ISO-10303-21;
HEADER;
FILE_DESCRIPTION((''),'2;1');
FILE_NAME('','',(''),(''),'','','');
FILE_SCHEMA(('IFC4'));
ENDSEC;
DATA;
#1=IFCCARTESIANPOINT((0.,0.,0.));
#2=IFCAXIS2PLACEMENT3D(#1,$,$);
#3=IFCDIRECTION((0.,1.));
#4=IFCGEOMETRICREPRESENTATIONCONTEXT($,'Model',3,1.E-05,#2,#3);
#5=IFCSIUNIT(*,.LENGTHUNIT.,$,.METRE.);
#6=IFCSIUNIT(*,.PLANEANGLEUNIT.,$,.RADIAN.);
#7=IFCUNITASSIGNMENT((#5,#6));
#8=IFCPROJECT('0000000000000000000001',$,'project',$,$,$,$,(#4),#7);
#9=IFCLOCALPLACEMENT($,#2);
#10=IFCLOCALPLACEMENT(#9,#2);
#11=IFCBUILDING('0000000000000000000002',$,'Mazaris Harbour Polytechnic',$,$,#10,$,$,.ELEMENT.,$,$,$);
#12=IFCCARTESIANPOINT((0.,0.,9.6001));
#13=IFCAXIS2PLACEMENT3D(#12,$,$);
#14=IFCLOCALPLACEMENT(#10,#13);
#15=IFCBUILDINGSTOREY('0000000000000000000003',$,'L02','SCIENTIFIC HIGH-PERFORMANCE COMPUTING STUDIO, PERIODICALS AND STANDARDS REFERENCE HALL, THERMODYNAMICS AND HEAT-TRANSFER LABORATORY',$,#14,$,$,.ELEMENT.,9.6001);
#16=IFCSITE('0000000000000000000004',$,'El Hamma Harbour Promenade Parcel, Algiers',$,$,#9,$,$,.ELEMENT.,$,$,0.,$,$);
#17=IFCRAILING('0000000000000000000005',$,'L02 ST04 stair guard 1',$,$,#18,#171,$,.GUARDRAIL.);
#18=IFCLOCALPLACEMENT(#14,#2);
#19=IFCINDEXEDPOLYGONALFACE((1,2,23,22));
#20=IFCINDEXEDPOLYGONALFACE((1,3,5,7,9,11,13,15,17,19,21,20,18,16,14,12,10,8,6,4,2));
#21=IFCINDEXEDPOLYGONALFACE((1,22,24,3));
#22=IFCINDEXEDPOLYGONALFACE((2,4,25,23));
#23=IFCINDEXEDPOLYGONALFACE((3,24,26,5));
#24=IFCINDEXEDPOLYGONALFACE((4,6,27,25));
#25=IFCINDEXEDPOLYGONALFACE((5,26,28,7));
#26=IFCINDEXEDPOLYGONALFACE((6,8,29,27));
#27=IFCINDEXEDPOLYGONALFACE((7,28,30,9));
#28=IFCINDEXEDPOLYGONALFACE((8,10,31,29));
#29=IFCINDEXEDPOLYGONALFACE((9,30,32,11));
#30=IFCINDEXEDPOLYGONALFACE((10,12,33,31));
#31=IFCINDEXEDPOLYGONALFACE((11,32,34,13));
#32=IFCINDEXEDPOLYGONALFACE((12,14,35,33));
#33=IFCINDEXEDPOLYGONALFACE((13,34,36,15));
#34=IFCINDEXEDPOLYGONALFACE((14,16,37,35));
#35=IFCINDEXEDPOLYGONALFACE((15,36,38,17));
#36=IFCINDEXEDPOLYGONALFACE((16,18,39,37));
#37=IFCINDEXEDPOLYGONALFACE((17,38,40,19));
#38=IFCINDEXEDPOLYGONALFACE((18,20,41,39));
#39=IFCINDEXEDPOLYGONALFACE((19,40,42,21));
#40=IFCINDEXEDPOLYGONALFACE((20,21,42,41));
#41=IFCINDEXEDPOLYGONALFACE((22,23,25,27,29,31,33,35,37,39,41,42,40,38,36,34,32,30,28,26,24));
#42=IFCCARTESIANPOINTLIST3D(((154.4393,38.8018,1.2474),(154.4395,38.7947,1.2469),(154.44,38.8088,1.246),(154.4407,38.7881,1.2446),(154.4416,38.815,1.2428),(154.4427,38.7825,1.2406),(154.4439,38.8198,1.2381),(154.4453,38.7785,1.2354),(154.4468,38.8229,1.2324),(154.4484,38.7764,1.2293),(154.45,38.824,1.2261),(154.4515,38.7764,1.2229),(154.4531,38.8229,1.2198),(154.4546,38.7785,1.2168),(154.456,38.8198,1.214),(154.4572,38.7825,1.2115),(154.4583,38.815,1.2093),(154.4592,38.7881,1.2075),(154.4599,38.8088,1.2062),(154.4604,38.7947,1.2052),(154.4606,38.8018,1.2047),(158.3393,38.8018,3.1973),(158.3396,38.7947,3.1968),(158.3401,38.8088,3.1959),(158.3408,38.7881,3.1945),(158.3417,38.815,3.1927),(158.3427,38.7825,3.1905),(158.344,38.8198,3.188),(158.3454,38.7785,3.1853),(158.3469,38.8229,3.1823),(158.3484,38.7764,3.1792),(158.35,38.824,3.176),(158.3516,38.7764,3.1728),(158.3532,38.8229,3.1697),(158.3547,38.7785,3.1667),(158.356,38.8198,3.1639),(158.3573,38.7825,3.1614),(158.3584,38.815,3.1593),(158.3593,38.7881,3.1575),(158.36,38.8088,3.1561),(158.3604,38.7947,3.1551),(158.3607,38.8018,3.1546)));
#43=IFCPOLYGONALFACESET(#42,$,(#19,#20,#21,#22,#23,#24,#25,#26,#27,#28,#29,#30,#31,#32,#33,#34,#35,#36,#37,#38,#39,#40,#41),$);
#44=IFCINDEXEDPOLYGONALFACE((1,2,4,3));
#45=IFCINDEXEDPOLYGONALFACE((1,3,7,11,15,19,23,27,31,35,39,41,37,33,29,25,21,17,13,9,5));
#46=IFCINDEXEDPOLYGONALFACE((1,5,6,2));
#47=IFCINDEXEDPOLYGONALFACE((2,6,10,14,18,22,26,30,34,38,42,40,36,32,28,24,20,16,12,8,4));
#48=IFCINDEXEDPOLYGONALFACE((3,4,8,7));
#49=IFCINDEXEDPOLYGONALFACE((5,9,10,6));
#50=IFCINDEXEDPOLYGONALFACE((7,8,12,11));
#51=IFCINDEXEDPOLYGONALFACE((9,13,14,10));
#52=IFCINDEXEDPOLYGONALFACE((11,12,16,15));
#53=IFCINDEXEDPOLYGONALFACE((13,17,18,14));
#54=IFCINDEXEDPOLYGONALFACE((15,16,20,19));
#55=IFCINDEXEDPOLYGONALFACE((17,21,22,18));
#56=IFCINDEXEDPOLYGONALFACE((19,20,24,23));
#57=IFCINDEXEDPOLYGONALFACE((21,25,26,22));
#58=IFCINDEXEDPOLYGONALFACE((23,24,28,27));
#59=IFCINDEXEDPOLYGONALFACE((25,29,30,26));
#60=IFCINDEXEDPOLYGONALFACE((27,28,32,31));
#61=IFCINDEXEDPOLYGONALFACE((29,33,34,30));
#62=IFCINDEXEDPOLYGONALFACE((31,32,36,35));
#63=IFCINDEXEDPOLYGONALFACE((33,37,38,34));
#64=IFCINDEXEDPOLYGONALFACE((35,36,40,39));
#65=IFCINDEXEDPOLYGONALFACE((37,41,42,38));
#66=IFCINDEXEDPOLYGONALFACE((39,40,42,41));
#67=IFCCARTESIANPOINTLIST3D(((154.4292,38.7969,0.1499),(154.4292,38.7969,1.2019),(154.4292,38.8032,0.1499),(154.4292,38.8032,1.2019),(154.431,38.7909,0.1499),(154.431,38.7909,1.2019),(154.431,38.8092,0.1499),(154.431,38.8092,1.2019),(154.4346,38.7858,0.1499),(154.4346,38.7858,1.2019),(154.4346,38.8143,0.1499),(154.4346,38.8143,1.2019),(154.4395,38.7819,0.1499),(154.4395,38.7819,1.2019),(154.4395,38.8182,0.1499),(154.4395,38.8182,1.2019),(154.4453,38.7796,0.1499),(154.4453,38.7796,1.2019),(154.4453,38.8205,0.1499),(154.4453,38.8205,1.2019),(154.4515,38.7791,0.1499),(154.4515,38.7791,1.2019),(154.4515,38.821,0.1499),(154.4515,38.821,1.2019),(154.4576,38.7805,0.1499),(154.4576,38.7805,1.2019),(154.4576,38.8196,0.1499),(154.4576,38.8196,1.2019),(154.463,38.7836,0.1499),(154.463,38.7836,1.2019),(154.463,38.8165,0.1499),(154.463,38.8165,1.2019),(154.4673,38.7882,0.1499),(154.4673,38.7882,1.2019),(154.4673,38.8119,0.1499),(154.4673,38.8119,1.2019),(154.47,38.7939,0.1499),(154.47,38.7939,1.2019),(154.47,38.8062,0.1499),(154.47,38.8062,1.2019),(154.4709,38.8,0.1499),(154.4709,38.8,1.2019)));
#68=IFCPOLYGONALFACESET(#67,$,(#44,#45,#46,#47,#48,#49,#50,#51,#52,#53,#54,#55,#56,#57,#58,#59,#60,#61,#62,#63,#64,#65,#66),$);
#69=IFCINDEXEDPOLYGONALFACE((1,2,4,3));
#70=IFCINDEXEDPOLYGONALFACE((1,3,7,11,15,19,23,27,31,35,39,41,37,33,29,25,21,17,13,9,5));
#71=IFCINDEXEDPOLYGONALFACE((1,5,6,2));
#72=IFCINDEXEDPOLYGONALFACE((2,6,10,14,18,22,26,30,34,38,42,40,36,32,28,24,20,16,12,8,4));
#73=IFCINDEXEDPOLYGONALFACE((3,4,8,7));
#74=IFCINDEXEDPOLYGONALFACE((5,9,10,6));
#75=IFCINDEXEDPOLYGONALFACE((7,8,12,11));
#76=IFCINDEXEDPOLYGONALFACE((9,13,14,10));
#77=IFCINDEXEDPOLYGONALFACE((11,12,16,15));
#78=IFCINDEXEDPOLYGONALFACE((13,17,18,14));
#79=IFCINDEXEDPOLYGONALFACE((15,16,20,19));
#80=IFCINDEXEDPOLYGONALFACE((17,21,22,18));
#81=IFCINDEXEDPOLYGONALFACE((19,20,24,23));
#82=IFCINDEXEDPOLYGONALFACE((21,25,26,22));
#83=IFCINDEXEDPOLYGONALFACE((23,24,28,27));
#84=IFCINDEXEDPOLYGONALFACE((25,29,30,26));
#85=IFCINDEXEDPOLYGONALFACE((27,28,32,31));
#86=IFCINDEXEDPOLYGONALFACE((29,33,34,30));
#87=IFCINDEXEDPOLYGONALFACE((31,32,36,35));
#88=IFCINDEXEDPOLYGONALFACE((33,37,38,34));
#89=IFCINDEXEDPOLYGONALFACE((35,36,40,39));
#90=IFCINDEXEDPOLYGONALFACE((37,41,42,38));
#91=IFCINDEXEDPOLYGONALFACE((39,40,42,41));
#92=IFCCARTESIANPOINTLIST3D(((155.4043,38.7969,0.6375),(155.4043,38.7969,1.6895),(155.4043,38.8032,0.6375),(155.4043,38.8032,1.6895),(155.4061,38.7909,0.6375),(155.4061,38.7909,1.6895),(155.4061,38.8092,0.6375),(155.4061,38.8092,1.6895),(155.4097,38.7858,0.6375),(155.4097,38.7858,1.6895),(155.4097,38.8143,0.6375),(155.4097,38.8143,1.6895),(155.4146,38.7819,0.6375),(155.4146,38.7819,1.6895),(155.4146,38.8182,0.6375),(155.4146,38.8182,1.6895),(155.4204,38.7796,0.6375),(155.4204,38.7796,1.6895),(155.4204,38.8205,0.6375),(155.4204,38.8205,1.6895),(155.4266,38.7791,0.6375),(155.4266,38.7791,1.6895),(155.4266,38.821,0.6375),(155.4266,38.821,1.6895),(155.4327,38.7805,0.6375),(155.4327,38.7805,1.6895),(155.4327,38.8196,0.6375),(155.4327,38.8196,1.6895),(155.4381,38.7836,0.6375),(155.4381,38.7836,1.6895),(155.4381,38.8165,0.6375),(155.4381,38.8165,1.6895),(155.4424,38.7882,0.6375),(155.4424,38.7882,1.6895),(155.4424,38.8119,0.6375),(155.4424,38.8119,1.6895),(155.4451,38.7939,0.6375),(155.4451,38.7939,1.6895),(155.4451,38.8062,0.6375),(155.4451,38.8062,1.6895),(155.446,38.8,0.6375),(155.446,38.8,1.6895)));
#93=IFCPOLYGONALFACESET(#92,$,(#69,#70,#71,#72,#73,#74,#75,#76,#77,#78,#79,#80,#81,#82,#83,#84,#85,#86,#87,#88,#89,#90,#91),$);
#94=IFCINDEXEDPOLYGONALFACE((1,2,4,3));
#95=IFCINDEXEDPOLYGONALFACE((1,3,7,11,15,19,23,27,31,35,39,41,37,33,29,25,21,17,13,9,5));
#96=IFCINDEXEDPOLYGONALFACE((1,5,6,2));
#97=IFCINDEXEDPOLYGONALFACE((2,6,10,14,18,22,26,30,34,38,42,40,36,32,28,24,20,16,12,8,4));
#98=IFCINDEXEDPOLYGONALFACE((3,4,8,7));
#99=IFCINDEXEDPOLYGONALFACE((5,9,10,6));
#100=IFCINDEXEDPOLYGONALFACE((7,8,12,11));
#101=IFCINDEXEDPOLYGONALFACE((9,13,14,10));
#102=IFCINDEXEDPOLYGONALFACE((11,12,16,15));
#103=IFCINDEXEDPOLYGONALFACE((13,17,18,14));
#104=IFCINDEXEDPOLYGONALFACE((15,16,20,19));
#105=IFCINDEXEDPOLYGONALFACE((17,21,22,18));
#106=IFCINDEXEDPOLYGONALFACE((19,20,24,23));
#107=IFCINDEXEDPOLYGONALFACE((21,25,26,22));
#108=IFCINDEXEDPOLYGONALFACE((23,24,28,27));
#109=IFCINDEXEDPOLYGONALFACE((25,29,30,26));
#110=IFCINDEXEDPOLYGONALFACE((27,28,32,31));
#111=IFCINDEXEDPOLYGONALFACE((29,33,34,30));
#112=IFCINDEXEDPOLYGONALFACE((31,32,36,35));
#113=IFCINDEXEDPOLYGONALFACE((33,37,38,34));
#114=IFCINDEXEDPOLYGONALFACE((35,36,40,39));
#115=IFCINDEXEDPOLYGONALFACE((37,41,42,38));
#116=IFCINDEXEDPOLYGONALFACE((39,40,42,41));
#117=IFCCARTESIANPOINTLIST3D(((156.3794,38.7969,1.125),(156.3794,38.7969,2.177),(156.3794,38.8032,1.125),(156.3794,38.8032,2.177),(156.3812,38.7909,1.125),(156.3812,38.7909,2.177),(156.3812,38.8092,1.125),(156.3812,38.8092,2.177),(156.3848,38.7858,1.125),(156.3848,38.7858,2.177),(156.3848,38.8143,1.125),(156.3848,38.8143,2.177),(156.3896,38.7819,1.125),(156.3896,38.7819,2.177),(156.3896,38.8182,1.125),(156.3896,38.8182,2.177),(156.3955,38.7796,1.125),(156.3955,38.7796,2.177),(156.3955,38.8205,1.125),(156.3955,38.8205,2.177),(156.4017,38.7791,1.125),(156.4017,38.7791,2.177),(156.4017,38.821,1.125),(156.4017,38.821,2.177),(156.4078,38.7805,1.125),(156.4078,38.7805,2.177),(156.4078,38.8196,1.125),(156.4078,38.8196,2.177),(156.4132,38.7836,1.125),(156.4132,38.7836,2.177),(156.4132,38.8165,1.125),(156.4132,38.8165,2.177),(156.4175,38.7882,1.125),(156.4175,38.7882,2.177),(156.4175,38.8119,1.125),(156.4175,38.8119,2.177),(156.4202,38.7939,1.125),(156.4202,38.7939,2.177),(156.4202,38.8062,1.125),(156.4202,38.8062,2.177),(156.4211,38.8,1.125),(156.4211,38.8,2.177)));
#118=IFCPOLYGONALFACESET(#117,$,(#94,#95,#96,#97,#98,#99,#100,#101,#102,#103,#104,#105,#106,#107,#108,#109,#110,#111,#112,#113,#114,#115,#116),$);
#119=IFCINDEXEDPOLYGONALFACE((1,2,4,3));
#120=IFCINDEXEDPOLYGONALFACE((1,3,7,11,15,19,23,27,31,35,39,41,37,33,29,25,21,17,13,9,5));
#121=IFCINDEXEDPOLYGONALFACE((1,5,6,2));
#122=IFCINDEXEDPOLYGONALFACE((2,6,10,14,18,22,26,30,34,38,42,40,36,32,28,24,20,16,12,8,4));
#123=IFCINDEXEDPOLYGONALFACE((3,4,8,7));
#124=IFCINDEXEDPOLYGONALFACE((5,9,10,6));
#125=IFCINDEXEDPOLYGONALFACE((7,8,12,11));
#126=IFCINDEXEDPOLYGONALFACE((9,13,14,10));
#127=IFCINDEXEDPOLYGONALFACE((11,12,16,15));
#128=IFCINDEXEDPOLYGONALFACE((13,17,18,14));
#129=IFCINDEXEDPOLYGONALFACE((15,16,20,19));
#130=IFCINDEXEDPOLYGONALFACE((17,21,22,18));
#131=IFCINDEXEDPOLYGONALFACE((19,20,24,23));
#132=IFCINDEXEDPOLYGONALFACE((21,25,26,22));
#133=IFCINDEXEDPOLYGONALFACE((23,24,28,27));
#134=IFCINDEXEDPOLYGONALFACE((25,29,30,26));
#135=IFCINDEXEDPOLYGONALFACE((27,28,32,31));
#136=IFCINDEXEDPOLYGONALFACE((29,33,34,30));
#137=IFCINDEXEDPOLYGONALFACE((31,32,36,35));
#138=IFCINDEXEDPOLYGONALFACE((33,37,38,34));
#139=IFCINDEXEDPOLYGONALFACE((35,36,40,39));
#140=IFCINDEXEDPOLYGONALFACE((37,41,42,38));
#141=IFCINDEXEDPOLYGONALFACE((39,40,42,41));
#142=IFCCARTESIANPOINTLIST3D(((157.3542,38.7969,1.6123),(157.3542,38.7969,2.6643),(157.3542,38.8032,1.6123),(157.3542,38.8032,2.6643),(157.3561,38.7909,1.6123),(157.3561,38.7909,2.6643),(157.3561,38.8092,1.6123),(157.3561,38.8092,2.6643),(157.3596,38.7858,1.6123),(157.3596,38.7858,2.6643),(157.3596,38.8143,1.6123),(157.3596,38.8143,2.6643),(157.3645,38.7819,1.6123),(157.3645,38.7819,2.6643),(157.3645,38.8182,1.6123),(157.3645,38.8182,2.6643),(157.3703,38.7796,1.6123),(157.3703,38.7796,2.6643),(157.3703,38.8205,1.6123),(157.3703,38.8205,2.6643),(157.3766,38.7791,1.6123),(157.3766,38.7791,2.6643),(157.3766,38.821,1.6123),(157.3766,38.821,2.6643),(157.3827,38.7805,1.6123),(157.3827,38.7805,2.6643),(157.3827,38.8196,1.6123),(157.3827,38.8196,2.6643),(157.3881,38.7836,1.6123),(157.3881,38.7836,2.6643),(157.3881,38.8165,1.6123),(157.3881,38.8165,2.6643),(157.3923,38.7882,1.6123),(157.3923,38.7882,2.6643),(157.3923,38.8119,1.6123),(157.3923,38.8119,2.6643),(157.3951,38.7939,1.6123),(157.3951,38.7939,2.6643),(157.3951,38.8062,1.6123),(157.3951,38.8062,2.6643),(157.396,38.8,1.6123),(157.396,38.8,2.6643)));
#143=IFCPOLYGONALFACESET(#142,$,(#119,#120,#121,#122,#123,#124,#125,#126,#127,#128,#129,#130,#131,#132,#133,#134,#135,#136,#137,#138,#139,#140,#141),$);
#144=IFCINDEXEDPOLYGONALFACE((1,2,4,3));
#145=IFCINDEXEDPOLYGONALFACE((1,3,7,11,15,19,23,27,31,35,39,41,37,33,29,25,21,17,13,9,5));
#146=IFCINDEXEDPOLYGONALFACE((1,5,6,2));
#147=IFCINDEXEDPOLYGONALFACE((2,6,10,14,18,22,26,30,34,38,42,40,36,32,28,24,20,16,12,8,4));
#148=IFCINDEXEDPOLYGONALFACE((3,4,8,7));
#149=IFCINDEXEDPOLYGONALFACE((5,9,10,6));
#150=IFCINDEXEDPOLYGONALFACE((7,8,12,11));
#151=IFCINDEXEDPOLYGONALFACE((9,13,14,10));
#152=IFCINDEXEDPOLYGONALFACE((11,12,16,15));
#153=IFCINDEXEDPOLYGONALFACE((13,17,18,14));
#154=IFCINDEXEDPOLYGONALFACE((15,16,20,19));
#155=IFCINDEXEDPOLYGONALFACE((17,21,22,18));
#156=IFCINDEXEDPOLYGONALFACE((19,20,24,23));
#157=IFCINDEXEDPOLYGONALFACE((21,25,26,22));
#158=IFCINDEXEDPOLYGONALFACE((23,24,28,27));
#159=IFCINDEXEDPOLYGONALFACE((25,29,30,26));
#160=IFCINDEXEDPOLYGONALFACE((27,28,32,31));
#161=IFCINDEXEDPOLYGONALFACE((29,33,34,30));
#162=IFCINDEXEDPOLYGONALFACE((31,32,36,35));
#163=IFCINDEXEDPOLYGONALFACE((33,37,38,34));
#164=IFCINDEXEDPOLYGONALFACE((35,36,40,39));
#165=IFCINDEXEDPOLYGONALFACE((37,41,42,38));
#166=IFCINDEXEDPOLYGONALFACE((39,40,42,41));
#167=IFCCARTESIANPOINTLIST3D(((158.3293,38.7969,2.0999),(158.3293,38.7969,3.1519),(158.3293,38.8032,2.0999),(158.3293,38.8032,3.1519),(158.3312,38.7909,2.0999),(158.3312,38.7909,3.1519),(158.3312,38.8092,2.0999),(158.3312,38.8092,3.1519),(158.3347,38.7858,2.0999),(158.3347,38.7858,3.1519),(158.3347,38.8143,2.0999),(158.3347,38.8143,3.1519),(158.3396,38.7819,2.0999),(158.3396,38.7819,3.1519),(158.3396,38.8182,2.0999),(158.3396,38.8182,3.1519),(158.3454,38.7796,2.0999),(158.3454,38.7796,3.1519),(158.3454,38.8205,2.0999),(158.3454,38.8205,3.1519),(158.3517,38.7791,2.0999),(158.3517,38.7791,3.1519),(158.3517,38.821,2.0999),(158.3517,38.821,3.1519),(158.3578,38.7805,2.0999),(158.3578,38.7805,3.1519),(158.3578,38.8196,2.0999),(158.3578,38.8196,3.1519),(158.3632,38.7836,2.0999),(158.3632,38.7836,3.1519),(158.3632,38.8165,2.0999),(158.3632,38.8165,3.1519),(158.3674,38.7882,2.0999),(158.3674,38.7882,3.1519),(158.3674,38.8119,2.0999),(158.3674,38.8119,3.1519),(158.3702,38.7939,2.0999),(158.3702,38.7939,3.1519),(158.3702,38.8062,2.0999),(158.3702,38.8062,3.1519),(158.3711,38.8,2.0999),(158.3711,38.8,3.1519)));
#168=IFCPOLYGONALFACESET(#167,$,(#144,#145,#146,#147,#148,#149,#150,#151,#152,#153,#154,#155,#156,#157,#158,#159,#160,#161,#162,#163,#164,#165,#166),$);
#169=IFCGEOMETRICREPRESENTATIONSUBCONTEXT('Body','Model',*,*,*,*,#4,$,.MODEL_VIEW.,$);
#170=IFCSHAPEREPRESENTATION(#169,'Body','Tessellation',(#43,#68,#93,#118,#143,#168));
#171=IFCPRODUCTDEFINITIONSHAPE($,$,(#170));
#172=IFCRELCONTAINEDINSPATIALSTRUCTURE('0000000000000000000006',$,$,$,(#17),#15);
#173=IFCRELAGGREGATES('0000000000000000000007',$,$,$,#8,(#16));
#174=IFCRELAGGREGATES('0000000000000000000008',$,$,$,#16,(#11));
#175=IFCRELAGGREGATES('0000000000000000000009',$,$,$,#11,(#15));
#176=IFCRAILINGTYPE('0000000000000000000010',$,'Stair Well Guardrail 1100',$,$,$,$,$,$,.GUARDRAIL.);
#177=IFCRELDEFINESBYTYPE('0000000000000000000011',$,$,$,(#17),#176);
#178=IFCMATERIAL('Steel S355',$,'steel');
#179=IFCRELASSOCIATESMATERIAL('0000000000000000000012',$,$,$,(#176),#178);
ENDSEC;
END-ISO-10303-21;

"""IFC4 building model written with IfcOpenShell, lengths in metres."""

from ifc_helpers import new_model, si_unit, direction, frame, origin, origin_2d, place, context, subcontext, project, spatial, circle, extrude, material, type_object, element, save


model = new_model("IFC4")

# Units and contexts
model_context = context("Model", 3, precision=1e-05, world=origin(), true_north=direction((0.0, 1.0)))
body_context = subcontext(model_context, "Body", "Model", "MODEL_VIEW")
ifc_project = project(units=[si_unit("LENGTHUNIT", "METRE"), si_unit("PLANEANGLEUNIT", "RADIAN")], contexts=[model_context])

# Site, building, storey
site_placement = place(None, origin())
site = spatial("IfcSite", under=ifc_project, at=site_placement, Name="El Hamma Harbour Promenade Parcel, Algiers", CompositionType="ELEMENT", RefElevation=0.0)
building_placement = place(site_placement, origin())
building = spatial("IfcBuilding", under=site, at=building_placement, Name="Mazaris Harbour Polytechnic", CompositionType="ELEMENT")
storey_placement = place(building_placement, frame((0.0, 0.0, 9.6001)))
storey = spatial("IfcBuildingStorey", under=building, at=storey_placement, Name="L02", Description="SCIENTIFIC HIGH-PERFORMANCE COMPUTING STUDIO, PERIODICALS AND STANDARDS REFERENCE HALL, THERMODYNAMICS AND HEAT-TRANSFER LABORATORY", CompositionType="ELEMENT", Elevation=9.6001)

# Railing
ifc_material_1 = material(Name="Steel S355", Category="steel")
railing_type_1 = type_object("IfcRailingType", Name="Stair Well Guardrail 1100", PredefinedType="GUARDRAIL", material=ifc_material_1)
railing_1_placement = place(storey_placement, frame((154.45, 38.8, 0.1499)))
element("IfcRailing", 1, at=railing_1_placement, inside=storey, type_object=railing_type_1, Name="L02 ST04 stair guard 1", PredefinedType="GUARDRAIL", context=body_context, shape_type="SweptSolid", body=[
    extrude(circle(Radius=0.0239, at=origin_2d()), frame((0.0, 0.0, 1.0762), z_axis=(0.894438, 0.0, 0.447191), x_axis=(0.0, 1.0, 0.0)), (0.0, 0.0, 1.0), 4.3604),
    extrude(circle(Radius=0.021, at=origin_2d()), origin(), (0.0, 0.0, 1.0), 1.052),
    extrude(circle(Radius=0.021, at=origin_2d()), frame((0.9751, 0.0, 0.4875)), (0.0, 0.0, 1.0), 1.052),
    extrude(circle(Radius=0.021, at=origin_2d()), frame((1.9502, 0.0, 0.9751)), (0.0, 0.0, 1.0), 1.052),
    extrude(circle(Radius=0.021, at=origin_2d()), frame((2.925, 0.0, 1.4624)), (0.0, 0.0, 1.0), 1.052),
    extrude(circle(Radius=0.021, at=origin_2d()), frame((3.9001, 0.0, 1.95)), (0.0, 0.0, 1.0), 1.052),
])

save(model, "model.ifc")
